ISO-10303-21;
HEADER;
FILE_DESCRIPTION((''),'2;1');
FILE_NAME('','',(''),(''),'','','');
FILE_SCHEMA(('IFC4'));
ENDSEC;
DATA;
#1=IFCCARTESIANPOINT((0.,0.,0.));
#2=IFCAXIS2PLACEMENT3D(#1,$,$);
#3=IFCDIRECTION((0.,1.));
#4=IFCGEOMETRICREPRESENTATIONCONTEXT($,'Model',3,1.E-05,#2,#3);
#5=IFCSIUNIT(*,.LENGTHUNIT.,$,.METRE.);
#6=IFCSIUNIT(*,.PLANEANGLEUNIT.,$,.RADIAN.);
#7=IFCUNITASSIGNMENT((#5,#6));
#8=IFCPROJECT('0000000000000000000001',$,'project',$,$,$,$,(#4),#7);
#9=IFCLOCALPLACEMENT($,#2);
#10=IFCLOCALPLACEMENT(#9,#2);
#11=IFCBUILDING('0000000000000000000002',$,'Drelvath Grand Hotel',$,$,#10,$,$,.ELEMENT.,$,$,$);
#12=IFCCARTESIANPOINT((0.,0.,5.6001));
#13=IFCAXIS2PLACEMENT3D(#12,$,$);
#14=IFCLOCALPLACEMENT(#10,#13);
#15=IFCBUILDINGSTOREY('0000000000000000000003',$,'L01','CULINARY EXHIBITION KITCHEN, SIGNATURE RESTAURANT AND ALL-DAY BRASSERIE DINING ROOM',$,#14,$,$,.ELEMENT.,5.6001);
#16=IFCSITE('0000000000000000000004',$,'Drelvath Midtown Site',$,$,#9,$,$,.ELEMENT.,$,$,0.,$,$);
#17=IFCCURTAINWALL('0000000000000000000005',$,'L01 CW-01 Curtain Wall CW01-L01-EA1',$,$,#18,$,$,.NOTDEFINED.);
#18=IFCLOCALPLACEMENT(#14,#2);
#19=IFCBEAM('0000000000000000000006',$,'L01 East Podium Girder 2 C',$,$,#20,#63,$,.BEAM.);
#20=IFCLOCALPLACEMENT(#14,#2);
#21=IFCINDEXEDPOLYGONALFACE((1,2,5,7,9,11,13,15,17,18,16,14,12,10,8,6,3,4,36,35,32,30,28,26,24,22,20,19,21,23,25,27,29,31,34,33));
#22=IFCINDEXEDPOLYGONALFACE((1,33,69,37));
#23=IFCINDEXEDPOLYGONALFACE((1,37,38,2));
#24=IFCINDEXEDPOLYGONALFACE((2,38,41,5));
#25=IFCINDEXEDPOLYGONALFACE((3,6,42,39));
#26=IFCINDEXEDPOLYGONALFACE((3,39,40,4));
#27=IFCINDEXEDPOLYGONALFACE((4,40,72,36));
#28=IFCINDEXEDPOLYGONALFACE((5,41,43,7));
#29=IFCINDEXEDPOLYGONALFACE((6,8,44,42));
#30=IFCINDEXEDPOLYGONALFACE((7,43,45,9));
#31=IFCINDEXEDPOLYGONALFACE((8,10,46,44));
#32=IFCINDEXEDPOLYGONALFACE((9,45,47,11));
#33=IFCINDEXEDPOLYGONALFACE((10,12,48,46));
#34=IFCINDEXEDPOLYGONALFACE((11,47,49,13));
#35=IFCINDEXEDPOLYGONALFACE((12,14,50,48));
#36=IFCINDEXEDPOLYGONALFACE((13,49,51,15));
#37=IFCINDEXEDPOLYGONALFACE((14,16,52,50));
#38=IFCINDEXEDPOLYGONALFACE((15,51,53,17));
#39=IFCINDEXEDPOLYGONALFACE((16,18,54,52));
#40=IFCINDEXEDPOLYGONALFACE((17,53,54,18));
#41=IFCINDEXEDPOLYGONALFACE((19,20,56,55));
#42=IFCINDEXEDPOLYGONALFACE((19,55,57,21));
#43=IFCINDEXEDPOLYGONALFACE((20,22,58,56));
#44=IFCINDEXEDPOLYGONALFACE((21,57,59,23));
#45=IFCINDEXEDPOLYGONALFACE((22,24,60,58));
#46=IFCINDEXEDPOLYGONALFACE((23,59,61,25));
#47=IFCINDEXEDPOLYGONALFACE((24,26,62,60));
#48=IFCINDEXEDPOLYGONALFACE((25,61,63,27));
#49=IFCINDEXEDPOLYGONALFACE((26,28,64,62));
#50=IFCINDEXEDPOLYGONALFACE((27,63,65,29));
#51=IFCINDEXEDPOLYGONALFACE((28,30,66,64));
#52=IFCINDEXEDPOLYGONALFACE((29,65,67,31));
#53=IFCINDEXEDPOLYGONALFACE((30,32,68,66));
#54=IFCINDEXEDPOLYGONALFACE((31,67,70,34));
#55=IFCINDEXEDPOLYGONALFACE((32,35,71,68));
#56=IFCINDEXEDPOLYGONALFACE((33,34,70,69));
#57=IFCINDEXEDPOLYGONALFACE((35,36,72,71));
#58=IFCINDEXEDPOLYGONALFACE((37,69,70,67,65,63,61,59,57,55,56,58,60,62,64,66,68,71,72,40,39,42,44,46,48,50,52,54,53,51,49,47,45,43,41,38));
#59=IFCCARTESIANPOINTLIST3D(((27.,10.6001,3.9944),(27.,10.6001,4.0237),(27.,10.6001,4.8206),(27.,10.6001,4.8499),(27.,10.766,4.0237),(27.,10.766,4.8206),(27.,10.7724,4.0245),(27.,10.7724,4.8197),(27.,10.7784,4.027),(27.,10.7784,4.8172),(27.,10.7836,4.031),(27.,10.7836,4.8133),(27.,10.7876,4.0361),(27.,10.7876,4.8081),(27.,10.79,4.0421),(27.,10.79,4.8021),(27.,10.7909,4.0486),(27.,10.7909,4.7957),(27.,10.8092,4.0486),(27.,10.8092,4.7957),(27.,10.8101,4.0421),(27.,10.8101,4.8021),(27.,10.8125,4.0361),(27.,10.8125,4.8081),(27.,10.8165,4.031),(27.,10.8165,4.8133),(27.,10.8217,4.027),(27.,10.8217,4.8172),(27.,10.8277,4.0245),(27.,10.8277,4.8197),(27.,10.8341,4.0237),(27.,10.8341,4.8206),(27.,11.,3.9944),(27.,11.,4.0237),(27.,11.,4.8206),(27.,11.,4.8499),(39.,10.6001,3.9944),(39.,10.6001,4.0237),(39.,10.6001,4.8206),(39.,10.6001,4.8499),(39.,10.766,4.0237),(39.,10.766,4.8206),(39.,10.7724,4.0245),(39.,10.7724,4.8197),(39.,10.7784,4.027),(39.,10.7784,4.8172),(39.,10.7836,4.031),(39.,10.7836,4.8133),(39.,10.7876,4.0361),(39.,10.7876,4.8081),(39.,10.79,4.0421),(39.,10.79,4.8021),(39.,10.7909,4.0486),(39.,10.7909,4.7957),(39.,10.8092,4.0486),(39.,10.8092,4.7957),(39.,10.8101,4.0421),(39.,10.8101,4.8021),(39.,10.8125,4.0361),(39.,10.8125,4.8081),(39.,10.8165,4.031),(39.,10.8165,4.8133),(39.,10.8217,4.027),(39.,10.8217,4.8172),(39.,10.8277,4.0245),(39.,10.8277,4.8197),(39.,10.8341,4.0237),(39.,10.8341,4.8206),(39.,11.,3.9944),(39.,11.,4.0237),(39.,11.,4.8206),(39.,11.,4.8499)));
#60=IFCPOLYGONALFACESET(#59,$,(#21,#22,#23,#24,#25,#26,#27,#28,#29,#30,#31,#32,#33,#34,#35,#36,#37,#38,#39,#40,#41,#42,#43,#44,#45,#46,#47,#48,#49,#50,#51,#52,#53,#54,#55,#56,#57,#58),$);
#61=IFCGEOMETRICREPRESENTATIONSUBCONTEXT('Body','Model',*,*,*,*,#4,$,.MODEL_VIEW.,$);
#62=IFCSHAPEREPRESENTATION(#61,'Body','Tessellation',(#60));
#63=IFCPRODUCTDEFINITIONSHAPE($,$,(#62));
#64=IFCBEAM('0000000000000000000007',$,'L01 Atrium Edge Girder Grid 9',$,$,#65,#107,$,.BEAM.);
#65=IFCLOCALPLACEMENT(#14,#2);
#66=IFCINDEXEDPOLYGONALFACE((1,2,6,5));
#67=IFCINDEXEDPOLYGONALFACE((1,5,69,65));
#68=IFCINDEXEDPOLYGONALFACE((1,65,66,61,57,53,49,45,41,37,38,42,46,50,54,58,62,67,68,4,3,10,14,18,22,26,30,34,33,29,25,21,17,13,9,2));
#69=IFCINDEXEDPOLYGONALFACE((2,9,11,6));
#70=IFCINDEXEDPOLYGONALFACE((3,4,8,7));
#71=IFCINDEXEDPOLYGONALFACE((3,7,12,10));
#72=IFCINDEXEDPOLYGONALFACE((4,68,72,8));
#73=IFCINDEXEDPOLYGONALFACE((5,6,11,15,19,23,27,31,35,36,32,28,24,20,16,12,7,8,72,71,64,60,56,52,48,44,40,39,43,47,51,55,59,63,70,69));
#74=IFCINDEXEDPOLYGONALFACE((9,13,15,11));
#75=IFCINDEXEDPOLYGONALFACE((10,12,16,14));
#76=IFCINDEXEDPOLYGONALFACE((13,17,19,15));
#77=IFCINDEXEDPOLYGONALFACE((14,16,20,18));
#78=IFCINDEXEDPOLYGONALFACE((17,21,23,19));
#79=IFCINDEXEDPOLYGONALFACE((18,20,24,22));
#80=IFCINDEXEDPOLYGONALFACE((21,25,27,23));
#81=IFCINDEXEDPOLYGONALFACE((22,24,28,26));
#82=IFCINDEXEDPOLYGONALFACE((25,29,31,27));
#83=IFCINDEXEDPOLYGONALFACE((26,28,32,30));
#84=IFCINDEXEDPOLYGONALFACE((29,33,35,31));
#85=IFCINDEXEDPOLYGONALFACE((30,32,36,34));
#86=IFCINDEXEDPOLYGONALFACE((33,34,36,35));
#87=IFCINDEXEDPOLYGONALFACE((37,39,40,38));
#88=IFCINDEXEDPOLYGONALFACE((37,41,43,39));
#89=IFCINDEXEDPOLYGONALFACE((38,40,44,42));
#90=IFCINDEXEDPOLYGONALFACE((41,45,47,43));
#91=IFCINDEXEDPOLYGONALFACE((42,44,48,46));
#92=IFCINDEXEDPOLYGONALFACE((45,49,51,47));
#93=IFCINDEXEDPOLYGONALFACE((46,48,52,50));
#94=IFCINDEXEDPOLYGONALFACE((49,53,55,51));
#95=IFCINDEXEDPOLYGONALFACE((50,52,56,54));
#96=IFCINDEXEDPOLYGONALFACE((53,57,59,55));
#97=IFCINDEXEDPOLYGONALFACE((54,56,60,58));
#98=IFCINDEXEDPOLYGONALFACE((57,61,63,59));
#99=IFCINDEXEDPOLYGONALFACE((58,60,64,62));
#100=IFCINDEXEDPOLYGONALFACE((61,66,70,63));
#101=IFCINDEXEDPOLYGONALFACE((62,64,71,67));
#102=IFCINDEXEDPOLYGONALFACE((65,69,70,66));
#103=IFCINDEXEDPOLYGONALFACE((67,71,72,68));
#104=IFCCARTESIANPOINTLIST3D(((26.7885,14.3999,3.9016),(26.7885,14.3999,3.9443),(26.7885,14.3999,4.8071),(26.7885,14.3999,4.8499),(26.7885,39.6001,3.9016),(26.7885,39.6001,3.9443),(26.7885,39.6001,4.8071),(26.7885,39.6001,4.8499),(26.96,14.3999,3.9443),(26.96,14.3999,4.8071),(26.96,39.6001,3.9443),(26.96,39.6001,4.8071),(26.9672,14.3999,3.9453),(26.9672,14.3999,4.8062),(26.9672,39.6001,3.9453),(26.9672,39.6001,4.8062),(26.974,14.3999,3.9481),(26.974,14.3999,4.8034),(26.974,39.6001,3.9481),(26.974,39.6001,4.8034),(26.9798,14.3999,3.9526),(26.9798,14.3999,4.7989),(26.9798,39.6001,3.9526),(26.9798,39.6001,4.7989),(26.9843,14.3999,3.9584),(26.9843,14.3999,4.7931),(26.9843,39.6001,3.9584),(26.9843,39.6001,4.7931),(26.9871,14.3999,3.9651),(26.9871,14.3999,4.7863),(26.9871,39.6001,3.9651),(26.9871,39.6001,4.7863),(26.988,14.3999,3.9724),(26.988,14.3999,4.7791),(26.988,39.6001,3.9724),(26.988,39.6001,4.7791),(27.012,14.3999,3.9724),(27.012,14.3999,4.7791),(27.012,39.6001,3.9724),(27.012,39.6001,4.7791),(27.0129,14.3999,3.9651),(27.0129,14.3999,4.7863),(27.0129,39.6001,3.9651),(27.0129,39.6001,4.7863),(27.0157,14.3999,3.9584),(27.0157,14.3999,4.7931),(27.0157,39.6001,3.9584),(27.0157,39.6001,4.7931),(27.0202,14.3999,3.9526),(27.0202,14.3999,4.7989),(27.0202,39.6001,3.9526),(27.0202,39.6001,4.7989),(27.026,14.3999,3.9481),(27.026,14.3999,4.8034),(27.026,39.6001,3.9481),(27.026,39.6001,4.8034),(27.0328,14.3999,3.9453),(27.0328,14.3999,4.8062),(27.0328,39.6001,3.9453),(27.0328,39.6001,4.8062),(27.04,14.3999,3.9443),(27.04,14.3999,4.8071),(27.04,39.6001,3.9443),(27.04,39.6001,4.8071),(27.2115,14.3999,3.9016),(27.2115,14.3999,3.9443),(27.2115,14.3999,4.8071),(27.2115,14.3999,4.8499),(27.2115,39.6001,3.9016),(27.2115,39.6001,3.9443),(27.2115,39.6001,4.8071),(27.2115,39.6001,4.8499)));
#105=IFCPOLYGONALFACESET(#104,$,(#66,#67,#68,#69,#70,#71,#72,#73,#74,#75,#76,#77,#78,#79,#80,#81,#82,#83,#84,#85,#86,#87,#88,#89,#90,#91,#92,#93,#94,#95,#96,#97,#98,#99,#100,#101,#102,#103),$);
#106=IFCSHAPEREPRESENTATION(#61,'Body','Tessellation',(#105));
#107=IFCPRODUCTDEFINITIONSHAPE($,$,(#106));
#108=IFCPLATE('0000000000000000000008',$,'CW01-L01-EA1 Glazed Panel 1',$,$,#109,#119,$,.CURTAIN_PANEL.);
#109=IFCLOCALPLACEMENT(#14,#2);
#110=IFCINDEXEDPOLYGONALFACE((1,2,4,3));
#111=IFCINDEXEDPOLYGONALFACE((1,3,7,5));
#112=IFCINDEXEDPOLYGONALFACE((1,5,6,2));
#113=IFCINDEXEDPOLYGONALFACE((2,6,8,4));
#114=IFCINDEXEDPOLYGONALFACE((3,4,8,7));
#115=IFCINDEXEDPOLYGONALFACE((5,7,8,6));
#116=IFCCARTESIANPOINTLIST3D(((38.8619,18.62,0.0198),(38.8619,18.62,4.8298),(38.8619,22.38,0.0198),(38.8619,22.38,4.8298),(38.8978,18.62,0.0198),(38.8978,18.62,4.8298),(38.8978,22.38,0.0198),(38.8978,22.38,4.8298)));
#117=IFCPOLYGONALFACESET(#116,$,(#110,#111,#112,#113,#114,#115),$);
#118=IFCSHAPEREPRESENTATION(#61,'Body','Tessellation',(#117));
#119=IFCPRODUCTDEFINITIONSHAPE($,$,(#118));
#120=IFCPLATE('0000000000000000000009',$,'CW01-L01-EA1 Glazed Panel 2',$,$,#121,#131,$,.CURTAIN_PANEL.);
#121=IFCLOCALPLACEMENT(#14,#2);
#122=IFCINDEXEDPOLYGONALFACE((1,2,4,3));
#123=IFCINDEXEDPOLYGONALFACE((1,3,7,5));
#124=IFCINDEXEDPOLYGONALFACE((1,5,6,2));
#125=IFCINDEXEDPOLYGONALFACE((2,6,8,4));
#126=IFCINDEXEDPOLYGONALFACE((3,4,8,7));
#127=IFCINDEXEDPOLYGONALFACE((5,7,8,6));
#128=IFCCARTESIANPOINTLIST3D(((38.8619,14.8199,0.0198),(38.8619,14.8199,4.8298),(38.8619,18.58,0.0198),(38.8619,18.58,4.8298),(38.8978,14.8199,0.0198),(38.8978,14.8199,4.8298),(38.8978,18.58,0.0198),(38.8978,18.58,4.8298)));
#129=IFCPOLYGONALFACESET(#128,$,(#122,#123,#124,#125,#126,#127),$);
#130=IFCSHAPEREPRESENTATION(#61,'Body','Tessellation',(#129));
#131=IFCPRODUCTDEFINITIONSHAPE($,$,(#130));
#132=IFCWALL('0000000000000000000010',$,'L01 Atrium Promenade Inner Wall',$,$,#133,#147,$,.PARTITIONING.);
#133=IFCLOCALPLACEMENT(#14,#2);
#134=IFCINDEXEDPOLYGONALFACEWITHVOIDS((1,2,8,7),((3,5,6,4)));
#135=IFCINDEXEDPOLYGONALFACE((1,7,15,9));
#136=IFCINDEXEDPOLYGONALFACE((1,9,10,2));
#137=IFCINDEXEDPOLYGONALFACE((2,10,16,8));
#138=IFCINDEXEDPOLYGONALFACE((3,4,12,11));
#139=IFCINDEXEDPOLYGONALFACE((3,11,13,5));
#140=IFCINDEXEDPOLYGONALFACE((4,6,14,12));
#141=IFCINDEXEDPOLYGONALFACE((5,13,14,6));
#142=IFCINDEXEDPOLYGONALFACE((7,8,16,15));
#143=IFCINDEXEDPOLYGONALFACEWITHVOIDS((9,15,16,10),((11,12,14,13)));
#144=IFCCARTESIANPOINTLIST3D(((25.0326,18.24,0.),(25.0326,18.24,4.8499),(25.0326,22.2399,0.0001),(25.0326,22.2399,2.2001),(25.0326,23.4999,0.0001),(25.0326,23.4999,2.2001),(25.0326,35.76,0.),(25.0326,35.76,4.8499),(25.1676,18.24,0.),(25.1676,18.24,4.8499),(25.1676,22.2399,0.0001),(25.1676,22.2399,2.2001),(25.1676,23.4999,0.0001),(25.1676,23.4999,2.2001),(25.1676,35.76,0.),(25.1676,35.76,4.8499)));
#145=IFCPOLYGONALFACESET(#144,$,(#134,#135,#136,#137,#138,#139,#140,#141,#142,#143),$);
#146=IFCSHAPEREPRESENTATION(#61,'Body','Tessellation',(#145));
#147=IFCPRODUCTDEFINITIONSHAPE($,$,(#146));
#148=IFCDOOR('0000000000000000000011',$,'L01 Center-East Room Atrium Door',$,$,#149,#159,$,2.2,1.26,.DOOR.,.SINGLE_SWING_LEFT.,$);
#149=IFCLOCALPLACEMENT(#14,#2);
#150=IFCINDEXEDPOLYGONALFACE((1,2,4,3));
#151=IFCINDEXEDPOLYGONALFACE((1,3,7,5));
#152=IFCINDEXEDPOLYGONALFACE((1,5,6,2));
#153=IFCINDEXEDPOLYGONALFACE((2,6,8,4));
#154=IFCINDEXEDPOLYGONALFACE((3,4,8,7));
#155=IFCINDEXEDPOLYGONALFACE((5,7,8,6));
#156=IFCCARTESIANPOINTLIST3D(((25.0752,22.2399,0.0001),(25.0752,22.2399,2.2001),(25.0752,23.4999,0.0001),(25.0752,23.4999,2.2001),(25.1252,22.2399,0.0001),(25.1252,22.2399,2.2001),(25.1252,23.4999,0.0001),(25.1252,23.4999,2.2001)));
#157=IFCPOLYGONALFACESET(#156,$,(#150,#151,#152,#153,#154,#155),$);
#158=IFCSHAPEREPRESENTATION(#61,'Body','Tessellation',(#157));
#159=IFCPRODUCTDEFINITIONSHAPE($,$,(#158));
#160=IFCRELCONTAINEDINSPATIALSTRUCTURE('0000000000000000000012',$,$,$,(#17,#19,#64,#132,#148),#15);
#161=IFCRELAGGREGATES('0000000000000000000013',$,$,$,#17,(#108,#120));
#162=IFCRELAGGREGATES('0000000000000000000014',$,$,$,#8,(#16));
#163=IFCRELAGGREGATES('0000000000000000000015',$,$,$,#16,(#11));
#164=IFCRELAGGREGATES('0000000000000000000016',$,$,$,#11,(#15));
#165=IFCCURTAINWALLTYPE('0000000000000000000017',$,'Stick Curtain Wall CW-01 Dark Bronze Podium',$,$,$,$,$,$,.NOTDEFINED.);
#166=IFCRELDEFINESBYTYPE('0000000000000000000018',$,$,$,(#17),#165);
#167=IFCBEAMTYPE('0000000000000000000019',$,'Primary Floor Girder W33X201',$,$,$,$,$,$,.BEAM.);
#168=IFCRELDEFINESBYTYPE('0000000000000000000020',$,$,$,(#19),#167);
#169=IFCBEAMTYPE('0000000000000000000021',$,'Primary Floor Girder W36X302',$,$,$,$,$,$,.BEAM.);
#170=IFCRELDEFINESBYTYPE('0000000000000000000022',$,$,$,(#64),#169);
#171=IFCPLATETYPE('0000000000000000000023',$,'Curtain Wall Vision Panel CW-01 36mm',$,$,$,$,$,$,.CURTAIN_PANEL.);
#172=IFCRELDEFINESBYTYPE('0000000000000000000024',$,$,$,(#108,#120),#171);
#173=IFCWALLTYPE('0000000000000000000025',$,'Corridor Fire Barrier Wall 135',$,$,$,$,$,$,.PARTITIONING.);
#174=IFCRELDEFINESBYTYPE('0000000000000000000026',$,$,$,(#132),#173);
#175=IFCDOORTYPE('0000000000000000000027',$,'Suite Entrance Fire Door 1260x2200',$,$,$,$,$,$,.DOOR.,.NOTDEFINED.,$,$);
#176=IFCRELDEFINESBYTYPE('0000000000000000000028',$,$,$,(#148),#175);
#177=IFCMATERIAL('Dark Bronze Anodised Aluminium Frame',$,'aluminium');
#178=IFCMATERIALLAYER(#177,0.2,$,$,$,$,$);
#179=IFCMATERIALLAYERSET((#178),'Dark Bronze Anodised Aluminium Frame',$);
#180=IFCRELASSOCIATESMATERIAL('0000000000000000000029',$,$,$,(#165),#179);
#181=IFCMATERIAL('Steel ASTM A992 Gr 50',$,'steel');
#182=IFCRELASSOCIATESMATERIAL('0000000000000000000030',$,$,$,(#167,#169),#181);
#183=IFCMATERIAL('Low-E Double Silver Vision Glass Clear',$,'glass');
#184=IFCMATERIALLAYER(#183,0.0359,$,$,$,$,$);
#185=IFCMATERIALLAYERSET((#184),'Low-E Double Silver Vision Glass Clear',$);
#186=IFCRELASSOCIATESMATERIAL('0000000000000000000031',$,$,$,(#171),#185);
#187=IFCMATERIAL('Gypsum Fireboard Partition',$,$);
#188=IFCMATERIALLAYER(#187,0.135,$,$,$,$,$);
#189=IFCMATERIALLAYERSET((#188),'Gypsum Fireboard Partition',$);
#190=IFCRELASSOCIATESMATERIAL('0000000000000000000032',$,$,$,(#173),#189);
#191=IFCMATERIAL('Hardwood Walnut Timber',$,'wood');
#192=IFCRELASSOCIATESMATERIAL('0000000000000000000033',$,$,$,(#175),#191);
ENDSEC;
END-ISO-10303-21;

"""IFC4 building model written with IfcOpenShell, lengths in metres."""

from ifc_helpers import new_model, si_unit, direction, frame, frame_2d, origin, origin_2d, place, context, subcontext, project, spatial, rectangle, i_section, extrude, material, layer, layer_set, material_profile, profile_set, type_object, element, fill, aggregate, save


model = new_model("IFC4")

# Units and contexts
model_context = context("Model", 3, precision=1e-05, world=origin(), true_north=direction((0.0, 1.0)))
body_context = subcontext(model_context, "Body", "Model", "MODEL_VIEW")
ifc_project = project(units=[si_unit("LENGTHUNIT", "METRE"), si_unit("PLANEANGLEUNIT", "RADIAN")], contexts=[model_context])

# Site, building, storey
site_placement = place(None, origin())
site = spatial("IfcSite", under=ifc_project, at=site_placement, Name="Drelvath Midtown Site", CompositionType="ELEMENT", RefElevation=0.0)
building_placement = place(site_placement, origin())
building = spatial("IfcBuilding", under=site, at=building_placement, Name="Drelvath Grand Hotel", CompositionType="ELEMENT")
storey_placement = place(building_placement, frame((0.0, 0.0, 5.6001)))
storey = spatial("IfcBuildingStorey", under=building, at=storey_placement, Name="L01", Description="CULINARY EXHIBITION KITCHEN, SIGNATURE RESTAURANT AND ALL-DAY BRASSERIE DINING ROOM", CompositionType="ELEMENT", Elevation=5.6001)

# Curtain wall
ifc_material_1 = material(Name="Dark Bronze Anodised Aluminium Frame", Category="aluminium")
ifc_layer_1 = layer(ifc_material_1, 0.2)
ifc_layer_set_1 = layer_set([ifc_layer_1], Name="Dark Bronze Anodised Aluminium Frame")
curtain_wall_type = type_object("IfcCurtainWallType", Name="Stick Curtain Wall CW-01 Dark Bronze Podium", PredefinedType="NOTDEFINED", material=ifc_layer_set_1)
curtain_wall_placement = place(storey_placement, origin())
curtain_wall = element("IfcCurtainWall", 1, at=curtain_wall_placement, inside=storey, type_object=curtain_wall_type, Name="L01 CW-01 Curtain Wall CW01-L01-EA1", PredefinedType="NOTDEFINED")

# Beams
ifc_material_2 = material(Name="Steel ASTM A992 Gr 50", Category="steel")
ifc_material_profile_1 = material_profile(ifc_material_2, i_section(OverallWidth=0.3999, OverallDepth=0.8555, WebThickness=0.0183, FlangeThickness=0.0293, FilletRadius=0.0249, at=origin_2d()), Name="W33X201")
ifc_profile_set_1 = profile_set([ifc_material_profile_1], Name="Steel ASTM A992 Gr 50")
beam_type_1 = type_object("IfcBeamType", Name="Primary Floor Girder W33X201", PredefinedType="BEAM", material=ifc_profile_set_1)
beam_1_placement = place(storey_placement, frame((27.0, 10.8, 4.4221), z_axis=(1.0, 0.0, 0.0), x_axis=(0.0, 1.0, 0.0)))
element("IfcBeam", 2, at=beam_1_placement, inside=storey, type_object=beam_type_1, Name="L01 East Podium Girder 2 C", PredefinedType="BEAM", context=body_context, shape_type="SweptSolid", body=[
    extrude(i_section(OverallWidth=0.3999, OverallDepth=0.8555, WebThickness=0.0183, FlangeThickness=0.0293, FilletRadius=0.0249, at=origin_2d()), origin(), (0.0, 0.0, 1.0), 12.0),
])
ifc_material_profile_2 = material_profile(ifc_material_2, i_section(OverallWidth=0.4231, OverallDepth=0.9482, WebThickness=0.0239, FlangeThickness=0.0427, FilletRadius=0.0281, at=origin_2d()), Name="W36X302")
ifc_profile_set_2 = profile_set([ifc_material_profile_2], Name="Steel ASTM A992 Gr 50")
beam_type_2 = type_object("IfcBeamType", Name="Primary Floor Girder W36X302", PredefinedType="BEAM", material=ifc_profile_set_2)
beam_2_placement = place(storey_placement, frame((27.0, 14.3999, 4.3757), z_axis=(0.0, 1.0, 0.0), x_axis=(-1.0, 0.0, 0.0)))
element("IfcBeam", 3, at=beam_2_placement, inside=storey, type_object=beam_type_2, Name="L01 Atrium Edge Girder Grid 9", PredefinedType="BEAM", context=body_context, shape_type="SweptSolid", body=[
    extrude(i_section(OverallWidth=0.4231, OverallDepth=0.9482, WebThickness=0.0239, FlangeThickness=0.0427, FilletRadius=0.0281, at=origin_2d()), origin(), (0.0, 0.0, 1.0), 25.2002),
])

# Plates
ifc_material_3 = material(Name="Low-E Double Silver Vision Glass Clear", Category="glass")
ifc_layer_2 = layer(ifc_material_3, 0.0359)
ifc_layer_set_2 = layer_set([ifc_layer_2], Name="Low-E Double Silver Vision Glass Clear")
plate_type = type_object("IfcPlateType", Name="Curtain Wall Vision Panel CW-01 36mm", PredefinedType="CURTAIN_PANEL", material=ifc_layer_set_2)
plate_1_placement = place(storey_placement, frame((38.8799, 20.5, 0.0198), z_axis=(0.0, 0.0, 1.0), x_axis=(0.0, -1.0, 0.0)))
plate_1 = element("IfcPlate", 4, at=plate_1_placement, type_object=plate_type, Name="CW01-L01-EA1 Glazed Panel 1", PredefinedType="CURTAIN_PANEL", context=body_context, shape_type="SweptSolid", body=[
    extrude(rectangle(XDim=3.76, YDim=0.0359, at=origin_2d()), origin(), (0.0, 0.0, 1.0), 4.8101),
])
plate_2_placement = place(storey_placement, frame((38.8799, 16.7, 0.0198), z_axis=(0.0, 0.0, 1.0), x_axis=(0.0, -1.0, 0.0)))
plate_2 = element("IfcPlate", 5, at=plate_2_placement, type_object=plate_type, Name="CW01-L01-EA1 Glazed Panel 2", PredefinedType="CURTAIN_PANEL", context=body_context, shape_type="SweptSolid", body=[
    extrude(rectangle(XDim=3.76, YDim=0.0359, at=origin_2d()), origin(), (0.0, 0.0, 1.0), 4.8101),
])
aggregate(curtain_wall, [plate_1, plate_2])

# Wall, opening, door
ifc_material_4 = material(Name="Gypsum Fireboard Partition")
ifc_layer_3 = layer(ifc_material_4, 0.135)
ifc_layer_set_3 = layer_set([ifc_layer_3], Name="Gypsum Fireboard Partition")
wall_type_1 = type_object("IfcWallType", Name="Corridor Fire Barrier Wall 135", PredefinedType="PARTITIONING", material=ifc_layer_set_3)
wall_1_placement = place(storey_placement, frame((25.1001, 18.24, 0.0), z_axis=(0.0, 0.0, 1.0), x_axis=(0.0, 1.0, 0.0)))
wall_1 = element("IfcWall", 6, at=wall_1_placement, inside=storey, type_object=wall_type_1, Name="L01 Atrium Promenade Inner Wall", PredefinedType="PARTITIONING", context=body_context, shape_type="SweptSolid", body=[
    extrude(rectangle(XDim=17.52, YDim=0.135, at=frame_2d((8.76, 0.0))), origin(), (0.0, 0.0, 1.0), 4.8499),
])
opening_1_placement = place(wall_1_placement, frame((4.0, 0.0, 0.0)))
opening_1 = element("IfcOpeningElement", 7, at=opening_1_placement, cuts=wall_1, PredefinedType="OPENING", context=body_context, shape_type="SweptSolid", body=[
    extrude(rectangle(XDim=1.26, YDim=2.2, at=frame_2d((0.6299, 1.1001))), frame((0.0, 0.0774, 0.0), z_axis=(0.0, -1.0, 0.0), x_axis=(1.0, 0.0, 0.0)), (0.0, 0.0, 1.0), 0.155),
])
ifc_material_5 = material(Name="Hardwood Walnut Timber", Category="wood")
door_type_1 = type_object("IfcDoorType", Name="Suite Entrance Fire Door 1260x2200", OperationType="NOTDEFINED", PredefinedType="DOOR", material=ifc_material_5)
door_1_placement = place(opening_1_placement, origin())
door_1 = element("IfcDoor", 8, at=door_1_placement, inside=storey, type_object=door_type_1, Name="L01 Center-East Room Atrium Door", OperationType="SINGLE_SWING_LEFT", OverallHeight=2.2, OverallWidth=1.26, PredefinedType="DOOR", context=body_context, shape_type="SweptSolid", body=[
    extrude(rectangle(XDim=1.26, YDim=2.2, at=frame_2d((0.6299, 1.1001))), frame((0.0, 0.0249, 0.0), z_axis=(0.0, -1.0, 0.0), x_axis=(1.0, 0.0, 0.0)), (0.0, 0.0, 1.0), 0.05),
])
fill(opening_1, door_1)

save(model, "model.ifc")
